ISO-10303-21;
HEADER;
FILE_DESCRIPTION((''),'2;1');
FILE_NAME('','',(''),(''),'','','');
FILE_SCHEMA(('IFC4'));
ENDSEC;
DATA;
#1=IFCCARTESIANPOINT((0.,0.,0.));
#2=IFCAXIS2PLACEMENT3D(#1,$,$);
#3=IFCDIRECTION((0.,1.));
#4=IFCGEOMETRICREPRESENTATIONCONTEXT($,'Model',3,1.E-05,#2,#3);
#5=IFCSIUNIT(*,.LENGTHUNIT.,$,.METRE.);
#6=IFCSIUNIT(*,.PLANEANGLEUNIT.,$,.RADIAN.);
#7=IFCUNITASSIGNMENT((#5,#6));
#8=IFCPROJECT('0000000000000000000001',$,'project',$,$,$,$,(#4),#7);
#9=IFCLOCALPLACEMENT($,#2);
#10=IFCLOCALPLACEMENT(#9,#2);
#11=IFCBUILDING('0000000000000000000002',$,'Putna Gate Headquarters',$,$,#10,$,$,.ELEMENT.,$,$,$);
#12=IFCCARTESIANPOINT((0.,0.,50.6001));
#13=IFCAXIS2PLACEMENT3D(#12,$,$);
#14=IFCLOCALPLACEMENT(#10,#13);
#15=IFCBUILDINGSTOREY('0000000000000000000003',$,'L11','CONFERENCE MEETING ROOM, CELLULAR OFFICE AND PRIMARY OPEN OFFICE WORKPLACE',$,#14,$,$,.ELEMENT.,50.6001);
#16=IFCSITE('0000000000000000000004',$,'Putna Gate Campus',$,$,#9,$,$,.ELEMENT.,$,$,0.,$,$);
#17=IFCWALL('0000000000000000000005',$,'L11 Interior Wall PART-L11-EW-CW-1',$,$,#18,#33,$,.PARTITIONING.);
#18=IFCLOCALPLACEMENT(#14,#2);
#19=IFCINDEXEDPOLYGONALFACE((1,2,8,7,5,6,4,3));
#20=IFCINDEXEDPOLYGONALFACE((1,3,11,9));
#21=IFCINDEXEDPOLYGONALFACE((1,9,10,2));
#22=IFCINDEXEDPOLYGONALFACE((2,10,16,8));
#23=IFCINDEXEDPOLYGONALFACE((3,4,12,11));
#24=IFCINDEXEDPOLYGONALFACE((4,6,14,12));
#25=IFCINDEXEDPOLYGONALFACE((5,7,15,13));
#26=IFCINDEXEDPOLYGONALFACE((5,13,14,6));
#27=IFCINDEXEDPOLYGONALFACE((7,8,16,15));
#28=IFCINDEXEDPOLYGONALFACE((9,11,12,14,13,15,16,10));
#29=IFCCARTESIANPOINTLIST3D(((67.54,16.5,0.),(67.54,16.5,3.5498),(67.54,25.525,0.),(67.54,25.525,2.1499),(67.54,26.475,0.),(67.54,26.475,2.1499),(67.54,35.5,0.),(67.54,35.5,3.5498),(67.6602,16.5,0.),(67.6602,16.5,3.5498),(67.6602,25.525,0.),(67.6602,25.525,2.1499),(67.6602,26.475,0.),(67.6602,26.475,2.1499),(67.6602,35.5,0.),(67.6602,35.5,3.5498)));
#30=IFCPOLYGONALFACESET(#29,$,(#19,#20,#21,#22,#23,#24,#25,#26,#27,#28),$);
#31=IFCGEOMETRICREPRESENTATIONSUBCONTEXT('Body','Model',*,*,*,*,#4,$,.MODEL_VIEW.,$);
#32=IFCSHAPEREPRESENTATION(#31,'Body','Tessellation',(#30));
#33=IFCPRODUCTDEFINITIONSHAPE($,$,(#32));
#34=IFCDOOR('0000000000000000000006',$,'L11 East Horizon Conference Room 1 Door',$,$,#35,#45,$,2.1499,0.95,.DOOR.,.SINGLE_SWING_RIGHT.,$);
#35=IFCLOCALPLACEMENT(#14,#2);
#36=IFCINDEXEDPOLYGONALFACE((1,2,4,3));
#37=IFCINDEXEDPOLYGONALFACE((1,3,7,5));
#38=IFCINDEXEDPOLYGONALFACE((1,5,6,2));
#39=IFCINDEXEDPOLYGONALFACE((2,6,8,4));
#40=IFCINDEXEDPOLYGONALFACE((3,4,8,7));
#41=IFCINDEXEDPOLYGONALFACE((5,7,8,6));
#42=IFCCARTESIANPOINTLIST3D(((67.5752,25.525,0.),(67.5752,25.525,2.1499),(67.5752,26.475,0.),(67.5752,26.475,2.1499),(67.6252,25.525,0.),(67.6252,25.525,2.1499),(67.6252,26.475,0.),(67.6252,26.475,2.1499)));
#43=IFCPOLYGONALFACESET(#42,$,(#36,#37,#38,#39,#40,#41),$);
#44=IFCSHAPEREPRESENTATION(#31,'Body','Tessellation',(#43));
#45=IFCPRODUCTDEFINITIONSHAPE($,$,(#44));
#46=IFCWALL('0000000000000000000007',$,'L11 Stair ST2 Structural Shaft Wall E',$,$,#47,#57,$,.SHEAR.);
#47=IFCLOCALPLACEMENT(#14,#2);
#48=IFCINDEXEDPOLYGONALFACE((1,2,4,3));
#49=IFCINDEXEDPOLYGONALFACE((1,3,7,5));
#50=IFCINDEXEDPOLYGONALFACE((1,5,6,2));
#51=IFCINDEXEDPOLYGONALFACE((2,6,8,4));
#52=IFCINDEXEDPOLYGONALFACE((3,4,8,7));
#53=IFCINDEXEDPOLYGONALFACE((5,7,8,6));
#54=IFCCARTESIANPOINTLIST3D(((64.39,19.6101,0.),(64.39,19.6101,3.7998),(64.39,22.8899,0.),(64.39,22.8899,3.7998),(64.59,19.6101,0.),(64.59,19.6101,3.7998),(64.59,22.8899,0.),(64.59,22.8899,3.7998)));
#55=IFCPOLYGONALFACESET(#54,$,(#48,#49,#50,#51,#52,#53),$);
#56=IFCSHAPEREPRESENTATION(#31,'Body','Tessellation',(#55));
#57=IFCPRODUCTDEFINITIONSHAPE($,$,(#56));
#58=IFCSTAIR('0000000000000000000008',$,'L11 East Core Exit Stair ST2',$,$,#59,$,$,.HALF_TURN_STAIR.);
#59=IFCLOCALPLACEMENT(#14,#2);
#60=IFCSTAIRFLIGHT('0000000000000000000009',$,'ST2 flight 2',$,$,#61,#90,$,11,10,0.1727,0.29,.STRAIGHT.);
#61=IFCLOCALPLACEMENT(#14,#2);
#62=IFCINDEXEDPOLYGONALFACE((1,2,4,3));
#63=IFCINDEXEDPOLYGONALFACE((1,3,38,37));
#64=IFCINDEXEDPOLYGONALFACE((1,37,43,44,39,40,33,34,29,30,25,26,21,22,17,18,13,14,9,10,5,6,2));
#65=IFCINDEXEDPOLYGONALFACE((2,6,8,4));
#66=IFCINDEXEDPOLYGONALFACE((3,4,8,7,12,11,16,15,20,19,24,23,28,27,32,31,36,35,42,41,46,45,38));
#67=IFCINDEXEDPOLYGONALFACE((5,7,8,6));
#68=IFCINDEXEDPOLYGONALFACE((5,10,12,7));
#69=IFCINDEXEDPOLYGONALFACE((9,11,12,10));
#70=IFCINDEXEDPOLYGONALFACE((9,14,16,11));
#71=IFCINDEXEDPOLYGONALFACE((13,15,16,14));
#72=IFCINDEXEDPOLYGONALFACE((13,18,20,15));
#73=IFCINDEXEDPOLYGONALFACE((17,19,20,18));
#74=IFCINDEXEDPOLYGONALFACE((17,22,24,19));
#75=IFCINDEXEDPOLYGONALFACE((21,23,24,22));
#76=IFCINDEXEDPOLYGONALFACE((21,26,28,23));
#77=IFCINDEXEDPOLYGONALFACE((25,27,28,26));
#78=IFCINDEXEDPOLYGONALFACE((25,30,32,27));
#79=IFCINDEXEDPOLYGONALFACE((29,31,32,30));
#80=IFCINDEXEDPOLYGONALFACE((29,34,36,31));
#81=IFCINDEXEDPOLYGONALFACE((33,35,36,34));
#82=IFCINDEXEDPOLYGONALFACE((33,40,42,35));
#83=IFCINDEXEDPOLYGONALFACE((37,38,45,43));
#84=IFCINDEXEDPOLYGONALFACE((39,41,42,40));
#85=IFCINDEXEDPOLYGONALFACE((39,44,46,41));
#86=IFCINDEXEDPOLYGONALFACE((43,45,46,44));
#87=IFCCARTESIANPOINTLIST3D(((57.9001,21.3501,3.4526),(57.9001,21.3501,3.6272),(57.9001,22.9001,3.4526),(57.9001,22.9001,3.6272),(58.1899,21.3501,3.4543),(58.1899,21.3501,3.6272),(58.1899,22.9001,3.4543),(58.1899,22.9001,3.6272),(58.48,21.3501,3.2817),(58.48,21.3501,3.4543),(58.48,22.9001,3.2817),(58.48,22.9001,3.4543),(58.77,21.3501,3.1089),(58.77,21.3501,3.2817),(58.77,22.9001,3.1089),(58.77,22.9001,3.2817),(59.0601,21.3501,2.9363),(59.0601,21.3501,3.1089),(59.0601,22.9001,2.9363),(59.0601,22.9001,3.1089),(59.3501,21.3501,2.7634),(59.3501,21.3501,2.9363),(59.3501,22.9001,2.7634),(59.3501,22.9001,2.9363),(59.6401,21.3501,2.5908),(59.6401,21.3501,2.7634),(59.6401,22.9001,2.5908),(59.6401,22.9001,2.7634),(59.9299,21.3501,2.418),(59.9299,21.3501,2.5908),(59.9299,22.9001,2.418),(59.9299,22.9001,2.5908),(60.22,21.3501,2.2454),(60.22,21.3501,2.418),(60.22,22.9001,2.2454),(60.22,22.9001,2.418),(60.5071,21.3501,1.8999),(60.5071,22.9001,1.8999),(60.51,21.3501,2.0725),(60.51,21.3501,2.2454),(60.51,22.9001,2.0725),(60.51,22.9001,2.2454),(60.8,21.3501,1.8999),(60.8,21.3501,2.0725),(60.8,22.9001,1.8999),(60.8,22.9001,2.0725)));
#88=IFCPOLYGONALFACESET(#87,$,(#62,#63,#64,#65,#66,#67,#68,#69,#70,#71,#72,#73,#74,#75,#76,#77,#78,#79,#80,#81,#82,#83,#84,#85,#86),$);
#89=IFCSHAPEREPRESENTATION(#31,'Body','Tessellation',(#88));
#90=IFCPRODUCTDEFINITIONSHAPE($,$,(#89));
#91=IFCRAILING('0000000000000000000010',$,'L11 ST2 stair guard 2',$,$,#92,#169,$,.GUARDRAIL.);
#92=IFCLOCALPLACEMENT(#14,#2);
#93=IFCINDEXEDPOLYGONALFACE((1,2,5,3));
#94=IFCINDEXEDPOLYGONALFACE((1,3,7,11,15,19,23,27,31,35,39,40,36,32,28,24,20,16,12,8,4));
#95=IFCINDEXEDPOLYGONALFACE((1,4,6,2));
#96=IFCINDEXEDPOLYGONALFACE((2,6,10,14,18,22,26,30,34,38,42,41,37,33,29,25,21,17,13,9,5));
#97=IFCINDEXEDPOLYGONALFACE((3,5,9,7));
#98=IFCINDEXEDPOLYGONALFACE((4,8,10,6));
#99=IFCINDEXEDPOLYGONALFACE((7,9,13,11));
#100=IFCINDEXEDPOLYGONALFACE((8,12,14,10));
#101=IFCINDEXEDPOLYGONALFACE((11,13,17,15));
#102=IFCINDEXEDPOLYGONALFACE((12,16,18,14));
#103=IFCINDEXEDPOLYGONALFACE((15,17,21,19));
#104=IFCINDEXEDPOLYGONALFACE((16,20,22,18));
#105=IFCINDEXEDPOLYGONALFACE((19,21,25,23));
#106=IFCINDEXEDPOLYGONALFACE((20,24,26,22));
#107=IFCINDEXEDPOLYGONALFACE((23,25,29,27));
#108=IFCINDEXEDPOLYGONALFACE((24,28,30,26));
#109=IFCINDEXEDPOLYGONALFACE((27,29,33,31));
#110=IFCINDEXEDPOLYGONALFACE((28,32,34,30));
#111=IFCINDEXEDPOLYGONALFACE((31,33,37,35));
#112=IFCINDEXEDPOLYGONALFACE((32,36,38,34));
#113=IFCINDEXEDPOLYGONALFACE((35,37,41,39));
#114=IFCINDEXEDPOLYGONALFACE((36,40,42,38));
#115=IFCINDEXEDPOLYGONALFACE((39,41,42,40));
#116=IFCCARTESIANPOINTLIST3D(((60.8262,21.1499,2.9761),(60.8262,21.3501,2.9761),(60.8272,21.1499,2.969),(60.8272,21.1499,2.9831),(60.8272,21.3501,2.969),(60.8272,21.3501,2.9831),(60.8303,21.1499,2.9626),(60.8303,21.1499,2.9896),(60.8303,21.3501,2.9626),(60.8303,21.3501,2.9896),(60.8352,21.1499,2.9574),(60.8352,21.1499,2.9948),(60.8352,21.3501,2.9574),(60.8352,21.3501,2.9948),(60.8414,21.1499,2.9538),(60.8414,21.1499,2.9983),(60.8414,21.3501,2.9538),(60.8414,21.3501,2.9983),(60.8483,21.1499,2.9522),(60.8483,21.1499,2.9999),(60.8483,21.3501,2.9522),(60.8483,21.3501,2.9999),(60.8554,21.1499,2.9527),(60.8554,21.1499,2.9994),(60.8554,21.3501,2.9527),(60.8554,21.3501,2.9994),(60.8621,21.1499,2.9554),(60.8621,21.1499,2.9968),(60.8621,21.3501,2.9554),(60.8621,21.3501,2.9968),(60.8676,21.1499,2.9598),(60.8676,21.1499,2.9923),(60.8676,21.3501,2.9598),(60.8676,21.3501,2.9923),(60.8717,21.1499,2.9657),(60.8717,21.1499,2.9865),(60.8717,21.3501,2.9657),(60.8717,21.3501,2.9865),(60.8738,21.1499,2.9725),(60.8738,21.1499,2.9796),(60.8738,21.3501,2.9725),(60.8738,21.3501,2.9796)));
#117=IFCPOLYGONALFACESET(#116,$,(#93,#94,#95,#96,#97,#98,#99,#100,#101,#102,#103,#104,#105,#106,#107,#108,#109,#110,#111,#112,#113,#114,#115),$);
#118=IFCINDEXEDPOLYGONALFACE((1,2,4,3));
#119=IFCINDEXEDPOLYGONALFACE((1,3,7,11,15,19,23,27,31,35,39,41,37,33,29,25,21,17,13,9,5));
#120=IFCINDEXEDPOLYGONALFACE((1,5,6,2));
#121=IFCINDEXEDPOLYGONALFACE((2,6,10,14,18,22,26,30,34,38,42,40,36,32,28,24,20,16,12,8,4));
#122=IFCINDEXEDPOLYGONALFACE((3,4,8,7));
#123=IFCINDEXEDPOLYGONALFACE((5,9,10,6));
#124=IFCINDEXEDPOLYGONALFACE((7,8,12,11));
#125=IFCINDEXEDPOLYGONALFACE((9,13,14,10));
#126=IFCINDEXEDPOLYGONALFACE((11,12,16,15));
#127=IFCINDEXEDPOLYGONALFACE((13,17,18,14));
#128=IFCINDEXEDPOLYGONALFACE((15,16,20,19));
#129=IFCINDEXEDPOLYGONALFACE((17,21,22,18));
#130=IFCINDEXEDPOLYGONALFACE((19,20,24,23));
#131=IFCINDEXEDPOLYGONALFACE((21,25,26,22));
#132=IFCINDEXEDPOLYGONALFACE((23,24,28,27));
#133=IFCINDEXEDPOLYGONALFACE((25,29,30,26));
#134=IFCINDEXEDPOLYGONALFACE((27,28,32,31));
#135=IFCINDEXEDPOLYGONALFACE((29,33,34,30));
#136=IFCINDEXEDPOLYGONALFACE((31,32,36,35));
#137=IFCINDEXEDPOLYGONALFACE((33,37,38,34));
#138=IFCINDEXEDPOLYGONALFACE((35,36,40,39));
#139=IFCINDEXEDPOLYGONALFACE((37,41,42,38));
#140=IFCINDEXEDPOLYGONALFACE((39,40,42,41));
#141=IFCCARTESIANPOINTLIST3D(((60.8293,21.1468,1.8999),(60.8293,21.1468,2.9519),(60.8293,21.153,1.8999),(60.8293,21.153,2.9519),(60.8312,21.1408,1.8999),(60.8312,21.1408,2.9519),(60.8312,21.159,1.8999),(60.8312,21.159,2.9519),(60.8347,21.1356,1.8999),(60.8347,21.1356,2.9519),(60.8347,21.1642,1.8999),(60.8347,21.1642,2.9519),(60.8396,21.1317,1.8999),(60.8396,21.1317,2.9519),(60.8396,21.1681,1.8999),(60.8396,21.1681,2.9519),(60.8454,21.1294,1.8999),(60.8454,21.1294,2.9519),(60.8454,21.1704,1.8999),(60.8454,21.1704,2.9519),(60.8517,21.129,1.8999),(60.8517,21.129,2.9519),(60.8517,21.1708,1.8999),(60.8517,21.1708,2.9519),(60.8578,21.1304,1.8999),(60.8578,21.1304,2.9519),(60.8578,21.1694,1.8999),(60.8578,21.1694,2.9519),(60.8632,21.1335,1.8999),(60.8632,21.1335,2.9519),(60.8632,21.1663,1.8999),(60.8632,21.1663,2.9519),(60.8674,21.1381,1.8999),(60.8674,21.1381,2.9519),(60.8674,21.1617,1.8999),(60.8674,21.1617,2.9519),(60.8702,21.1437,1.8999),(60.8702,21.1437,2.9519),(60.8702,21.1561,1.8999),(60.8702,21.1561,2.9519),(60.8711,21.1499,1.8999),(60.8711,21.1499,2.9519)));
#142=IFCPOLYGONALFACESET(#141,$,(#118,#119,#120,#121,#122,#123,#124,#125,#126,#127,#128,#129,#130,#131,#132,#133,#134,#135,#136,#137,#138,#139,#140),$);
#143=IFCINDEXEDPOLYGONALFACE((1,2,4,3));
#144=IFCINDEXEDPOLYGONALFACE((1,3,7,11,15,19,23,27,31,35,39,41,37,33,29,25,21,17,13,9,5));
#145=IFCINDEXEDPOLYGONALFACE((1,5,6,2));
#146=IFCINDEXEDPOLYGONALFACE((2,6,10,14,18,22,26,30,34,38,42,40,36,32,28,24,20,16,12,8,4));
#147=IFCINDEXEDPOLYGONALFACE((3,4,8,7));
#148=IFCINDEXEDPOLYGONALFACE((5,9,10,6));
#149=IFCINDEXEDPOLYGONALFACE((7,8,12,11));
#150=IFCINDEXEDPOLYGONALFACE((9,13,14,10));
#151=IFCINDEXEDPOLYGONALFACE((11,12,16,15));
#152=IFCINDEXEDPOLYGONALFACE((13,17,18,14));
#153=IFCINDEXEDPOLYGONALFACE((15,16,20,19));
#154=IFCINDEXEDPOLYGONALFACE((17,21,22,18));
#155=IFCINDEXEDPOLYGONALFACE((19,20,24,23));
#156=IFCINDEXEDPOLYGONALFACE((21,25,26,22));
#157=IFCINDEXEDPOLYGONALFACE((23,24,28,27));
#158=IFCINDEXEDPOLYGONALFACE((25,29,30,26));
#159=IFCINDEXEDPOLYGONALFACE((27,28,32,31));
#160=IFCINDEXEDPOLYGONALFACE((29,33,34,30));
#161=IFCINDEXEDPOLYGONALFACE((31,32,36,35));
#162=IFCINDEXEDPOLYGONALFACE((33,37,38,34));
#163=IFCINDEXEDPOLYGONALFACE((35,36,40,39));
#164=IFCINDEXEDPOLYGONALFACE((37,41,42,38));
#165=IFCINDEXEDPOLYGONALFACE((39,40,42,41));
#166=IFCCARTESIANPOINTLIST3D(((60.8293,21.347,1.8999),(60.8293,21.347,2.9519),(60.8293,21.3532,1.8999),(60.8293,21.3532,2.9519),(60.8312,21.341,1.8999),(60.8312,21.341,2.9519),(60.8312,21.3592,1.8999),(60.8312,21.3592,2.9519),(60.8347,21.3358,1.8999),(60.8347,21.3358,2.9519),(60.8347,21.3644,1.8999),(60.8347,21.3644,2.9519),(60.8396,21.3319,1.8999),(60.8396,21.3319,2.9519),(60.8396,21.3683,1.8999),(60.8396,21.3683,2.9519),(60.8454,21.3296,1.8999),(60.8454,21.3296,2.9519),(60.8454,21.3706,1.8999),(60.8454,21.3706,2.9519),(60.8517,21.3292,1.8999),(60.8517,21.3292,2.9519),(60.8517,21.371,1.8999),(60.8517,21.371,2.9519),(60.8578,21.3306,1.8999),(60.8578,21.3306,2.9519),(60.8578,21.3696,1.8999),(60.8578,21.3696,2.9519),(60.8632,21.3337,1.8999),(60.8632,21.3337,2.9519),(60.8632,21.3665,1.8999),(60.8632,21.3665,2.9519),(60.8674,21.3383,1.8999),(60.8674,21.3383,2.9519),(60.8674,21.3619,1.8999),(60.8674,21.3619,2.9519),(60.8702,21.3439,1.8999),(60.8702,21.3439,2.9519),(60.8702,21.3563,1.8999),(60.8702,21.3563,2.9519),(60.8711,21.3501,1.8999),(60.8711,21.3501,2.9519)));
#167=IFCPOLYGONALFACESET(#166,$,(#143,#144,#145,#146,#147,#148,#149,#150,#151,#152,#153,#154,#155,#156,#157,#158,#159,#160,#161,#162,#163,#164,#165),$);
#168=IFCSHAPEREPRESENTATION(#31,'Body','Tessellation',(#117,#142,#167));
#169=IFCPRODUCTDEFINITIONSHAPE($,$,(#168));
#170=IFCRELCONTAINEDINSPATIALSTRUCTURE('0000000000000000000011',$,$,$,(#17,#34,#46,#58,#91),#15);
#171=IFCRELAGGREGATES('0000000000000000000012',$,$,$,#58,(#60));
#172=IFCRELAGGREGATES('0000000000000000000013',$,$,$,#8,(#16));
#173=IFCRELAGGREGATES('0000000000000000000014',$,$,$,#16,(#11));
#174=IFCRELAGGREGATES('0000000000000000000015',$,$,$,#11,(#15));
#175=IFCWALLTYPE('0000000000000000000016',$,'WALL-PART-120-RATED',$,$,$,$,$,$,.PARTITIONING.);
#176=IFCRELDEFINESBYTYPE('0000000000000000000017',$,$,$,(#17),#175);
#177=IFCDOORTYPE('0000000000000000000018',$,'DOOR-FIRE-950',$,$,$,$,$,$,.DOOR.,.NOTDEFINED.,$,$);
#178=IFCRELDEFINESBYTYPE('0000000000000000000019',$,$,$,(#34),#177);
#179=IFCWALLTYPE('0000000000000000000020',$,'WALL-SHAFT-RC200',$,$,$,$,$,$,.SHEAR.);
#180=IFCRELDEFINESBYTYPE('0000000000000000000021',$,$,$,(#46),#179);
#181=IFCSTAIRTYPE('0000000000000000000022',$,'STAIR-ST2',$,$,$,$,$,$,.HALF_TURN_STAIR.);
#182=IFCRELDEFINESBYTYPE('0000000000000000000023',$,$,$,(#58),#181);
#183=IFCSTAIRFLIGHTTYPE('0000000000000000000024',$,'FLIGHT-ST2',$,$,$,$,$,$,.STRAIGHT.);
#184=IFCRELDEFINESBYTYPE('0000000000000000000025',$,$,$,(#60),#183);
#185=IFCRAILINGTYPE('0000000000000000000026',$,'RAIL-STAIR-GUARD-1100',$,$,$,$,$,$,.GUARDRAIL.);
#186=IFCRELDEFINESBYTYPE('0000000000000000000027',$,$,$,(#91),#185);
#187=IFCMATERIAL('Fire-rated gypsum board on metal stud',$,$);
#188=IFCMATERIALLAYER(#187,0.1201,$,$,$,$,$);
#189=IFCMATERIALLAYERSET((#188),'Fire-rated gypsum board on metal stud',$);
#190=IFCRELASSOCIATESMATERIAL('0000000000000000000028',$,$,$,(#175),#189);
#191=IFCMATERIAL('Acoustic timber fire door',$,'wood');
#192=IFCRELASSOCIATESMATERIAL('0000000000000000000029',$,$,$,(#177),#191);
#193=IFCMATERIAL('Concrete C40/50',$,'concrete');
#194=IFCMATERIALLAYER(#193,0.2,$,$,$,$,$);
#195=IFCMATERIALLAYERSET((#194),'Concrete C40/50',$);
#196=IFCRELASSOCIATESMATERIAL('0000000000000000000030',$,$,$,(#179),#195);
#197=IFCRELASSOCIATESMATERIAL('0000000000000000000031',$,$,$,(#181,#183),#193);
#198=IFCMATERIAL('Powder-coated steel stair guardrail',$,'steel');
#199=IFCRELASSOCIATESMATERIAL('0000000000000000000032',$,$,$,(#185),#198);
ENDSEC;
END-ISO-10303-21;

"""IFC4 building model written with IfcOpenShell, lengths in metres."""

from ifc_helpers import new_model, si_unit, direction, frame, frame_2d, origin, origin_2d, place, context, subcontext, project, spatial, polyline, rectangle, circle, outline, extrude, material, layer, layer_set, type_object, element, fill, aggregate, save


model = new_model("IFC4")

# Units and contexts
model_context = context("Model", 3, precision=1e-05, world=origin(), true_north=direction((0.0, 1.0)))
body_context = subcontext(model_context, "Body", "Model", "MODEL_VIEW")
ifc_project = project(units=[si_unit("LENGTHUNIT", "METRE"), si_unit("PLANEANGLEUNIT", "RADIAN")], contexts=[model_context])

# Site, building, storey
site_placement = place(None, origin())
site = spatial("IfcSite", under=ifc_project, at=site_placement, Name="Putna Gate Campus", CompositionType="ELEMENT", RefElevation=0.0)
building_placement = place(site_placement, origin())
building = spatial("IfcBuilding", under=site, at=building_placement, Name="Putna Gate Headquarters", CompositionType="ELEMENT")
storey_placement = place(building_placement, frame((0.0, 0.0, 50.6001)))
storey = spatial("IfcBuildingStorey", under=building, at=storey_placement, Name="L11", Description="CONFERENCE MEETING ROOM, CELLULAR OFFICE AND PRIMARY OPEN OFFICE WORKPLACE", CompositionType="ELEMENT", Elevation=50.6001)

# Wall, opening, door
ifc_material_1 = material(Name="Fire-rated gypsum board on metal stud")
ifc_layer_1 = layer(ifc_material_1, 0.1201)
ifc_layer_set_1 = layer_set([ifc_layer_1], Name="Fire-rated gypsum board on metal stud")
wall_type_1 = type_object("IfcWallType", Name="WALL-PART-120-RATED", PredefinedType="PARTITIONING", material=ifc_layer_set_1)
wall_1_placement = place(storey_placement, frame((67.6001, 16.5, 0.0), z_axis=(0.0, 0.0, 1.0), x_axis=(0.0, 1.0, 0.0)))
wall_1 = element("IfcWall", 1, at=wall_1_placement, inside=storey, type_object=wall_type_1, Name="L11 Interior Wall PART-L11-EW-CW-1", PredefinedType="PARTITIONING", context=body_context, shape_type="SweptSolid", body=[
    extrude(rectangle(XDim=19.0, YDim=0.1201, at=frame_2d((9.5, 0.0))), origin(), (0.0, 0.0, 1.0), 3.5498),
])
opening_1_placement = place(wall_1_placement, frame((9.0249, 0.0, 0.0)))
opening_1 = element("IfcOpeningElement", 2, at=opening_1_placement, cuts=wall_1, PredefinedType="OPENING", context=body_context, shape_type="SweptSolid", body=[
    extrude(rectangle(XDim=0.95, YDim=2.1499, at=frame_2d((0.4751, 1.075))), frame((0.0, 0.0701, 0.0), z_axis=(0.0, -1.0, 0.0), x_axis=(1.0, 0.0, 0.0)), (0.0, 0.0, 1.0), 0.1401),
])
ifc_material_2 = material(Name="Acoustic timber fire door", Category="wood")
door_type_1 = type_object("IfcDoorType", Name="DOOR-FIRE-950", OperationType="NOTDEFINED", PredefinedType="DOOR", material=ifc_material_2)
door_1_placement = place(opening_1_placement, origin())
door_1 = element("IfcDoor", 3, at=door_1_placement, inside=storey, type_object=door_type_1, Name="L11 East Horizon Conference Room 1 Door", OperationType="SINGLE_SWING_RIGHT", OverallHeight=2.1499, OverallWidth=0.95, PredefinedType="DOOR", context=body_context, shape_type="SweptSolid", body=[
    extrude(rectangle(XDim=0.95, YDim=2.1499, at=frame_2d((0.4751, 1.075))), frame((0.0, 0.0249, 0.0), z_axis=(0.0, -1.0, 0.0), x_axis=(1.0, 0.0, 0.0)), (0.0, 0.0, 1.0), 0.05),
])
fill(opening_1, door_1)

# Wall
ifc_material_3 = material(Name="Concrete C40/50", Category="concrete")
ifc_layer_2 = layer(ifc_material_3, 0.2)
ifc_layer_set_2 = layer_set([ifc_layer_2], Name="Concrete C40/50")
wall_type_2 = type_object("IfcWallType", Name="WALL-SHAFT-RC200", PredefinedType="SHEAR", material=ifc_layer_set_2)
wall_2_placement = place(storey_placement, frame((64.49, 19.6101, 0.0), z_axis=(0.0, 0.0, 1.0), x_axis=(0.0, 1.0, 0.0)))
element("IfcWall", 4, at=wall_2_placement, inside=storey, type_object=wall_type_2, Name="L11 Stair ST2 Structural Shaft Wall E", PredefinedType="SHEAR", context=body_context, shape_type="SweptSolid", body=[
    extrude(rectangle(XDim=3.2798, YDim=0.2, at=frame_2d((1.6399, 0.0))), origin(), (0.0, 0.0, 1.0), 3.7998),
])

# Stair, stair flight
stair_type = type_object("IfcStairType", Name="STAIR-ST2", PredefinedType="HALF_TURN_STAIR", material=ifc_material_3)
stair_placement = place(storey_placement, origin())
stair = element("IfcStair", 5, at=stair_placement, inside=storey, type_object=stair_type, Name="L11 East Core Exit Stair ST2", PredefinedType="HALF_TURN_STAIR")
stair_flight_type = type_object("IfcStairFlightType", Name="FLIGHT-ST2", PredefinedType="STRAIGHT", material=ifc_material_3)
stair_flight_placement = place(storey_placement, frame((60.8, 22.125, 1.8999), z_axis=(0.0, 0.0, 1.0), x_axis=(-1.0, 0.0, 0.0)))
stair_flight = element("IfcStairFlight", 6, at=stair_flight_placement, type_object=stair_flight_type, Name="ST2 flight 2", NumberOfRisers=11, NumberOfTreads=10, PredefinedType="STRAIGHT", RiserHeight=0.1727, TreadLength=0.29, context=body_context, shape_type="SweptSolid", body=[
    extrude(outline(polyline([(0.0, 0.0), (0.0, 0.1726), (0.29, 0.1726), (0.29, 0.3455), (0.5801, 0.3455), (0.5801, 0.5181), (0.8701, 0.5181), (0.8701, 0.6909), (1.1599, 0.6909), (1.1599, 0.8635), (1.45, 0.8635), (1.45, 1.0364), (1.74, 1.0364), (1.74, 1.209), (2.03, 1.209), (2.03, 1.3818), (2.3201, 1.3818), (2.3201, 1.5544), (2.6101, 1.5544), (2.6101, 1.7273), (2.8999, 1.7273), (2.8999, 1.8999), (2.8999, 1.5527), (0.293, 0.0), (0.0, 0.0)])), frame((0.0, 0.7749, 0.0), z_axis=(0.0, -1.0, 0.0), x_axis=(1.0, 0.0, 0.0)), (0.0, 0.0, 1.0), 1.55),
])
aggregate(stair, [stair_flight])

# Railing
ifc_material_4 = material(Name="Powder-coated steel stair guardrail", Category="steel")
railing_type_1 = type_object("IfcRailingType", Name="RAIL-STAIR-GUARD-1100", PredefinedType="GUARDRAIL", material=ifc_material_4)
railing_1_placement = place(storey_placement, frame((60.8501, 21.1499, 1.8999)))
element("IfcRailing", 7, at=railing_1_placement, inside=storey, type_object=railing_type_1, Name="L11 ST2 stair guard 2", PredefinedType="GUARDRAIL", context=body_context, shape_type="SweptSolid", body=[
    extrude(circle(Radius=0.0239, at=origin_2d()), frame((0.0, 0.0, 1.0762), z_axis=(0.0, 1.0, 0.0), x_axis=(-1.0, 0.0, 0.0)), (0.0, 0.0, 1.0), 0.2002),
    extrude(circle(Radius=0.021, at=origin_2d()), origin(), (0.0, 0.0, 1.0), 1.052),
    extrude(circle(Radius=0.021, at=origin_2d()), frame((0.0, 0.2002, 0.0)), (0.0, 0.0, 1.0), 1.052),
])

save(model, "model.ifc")
